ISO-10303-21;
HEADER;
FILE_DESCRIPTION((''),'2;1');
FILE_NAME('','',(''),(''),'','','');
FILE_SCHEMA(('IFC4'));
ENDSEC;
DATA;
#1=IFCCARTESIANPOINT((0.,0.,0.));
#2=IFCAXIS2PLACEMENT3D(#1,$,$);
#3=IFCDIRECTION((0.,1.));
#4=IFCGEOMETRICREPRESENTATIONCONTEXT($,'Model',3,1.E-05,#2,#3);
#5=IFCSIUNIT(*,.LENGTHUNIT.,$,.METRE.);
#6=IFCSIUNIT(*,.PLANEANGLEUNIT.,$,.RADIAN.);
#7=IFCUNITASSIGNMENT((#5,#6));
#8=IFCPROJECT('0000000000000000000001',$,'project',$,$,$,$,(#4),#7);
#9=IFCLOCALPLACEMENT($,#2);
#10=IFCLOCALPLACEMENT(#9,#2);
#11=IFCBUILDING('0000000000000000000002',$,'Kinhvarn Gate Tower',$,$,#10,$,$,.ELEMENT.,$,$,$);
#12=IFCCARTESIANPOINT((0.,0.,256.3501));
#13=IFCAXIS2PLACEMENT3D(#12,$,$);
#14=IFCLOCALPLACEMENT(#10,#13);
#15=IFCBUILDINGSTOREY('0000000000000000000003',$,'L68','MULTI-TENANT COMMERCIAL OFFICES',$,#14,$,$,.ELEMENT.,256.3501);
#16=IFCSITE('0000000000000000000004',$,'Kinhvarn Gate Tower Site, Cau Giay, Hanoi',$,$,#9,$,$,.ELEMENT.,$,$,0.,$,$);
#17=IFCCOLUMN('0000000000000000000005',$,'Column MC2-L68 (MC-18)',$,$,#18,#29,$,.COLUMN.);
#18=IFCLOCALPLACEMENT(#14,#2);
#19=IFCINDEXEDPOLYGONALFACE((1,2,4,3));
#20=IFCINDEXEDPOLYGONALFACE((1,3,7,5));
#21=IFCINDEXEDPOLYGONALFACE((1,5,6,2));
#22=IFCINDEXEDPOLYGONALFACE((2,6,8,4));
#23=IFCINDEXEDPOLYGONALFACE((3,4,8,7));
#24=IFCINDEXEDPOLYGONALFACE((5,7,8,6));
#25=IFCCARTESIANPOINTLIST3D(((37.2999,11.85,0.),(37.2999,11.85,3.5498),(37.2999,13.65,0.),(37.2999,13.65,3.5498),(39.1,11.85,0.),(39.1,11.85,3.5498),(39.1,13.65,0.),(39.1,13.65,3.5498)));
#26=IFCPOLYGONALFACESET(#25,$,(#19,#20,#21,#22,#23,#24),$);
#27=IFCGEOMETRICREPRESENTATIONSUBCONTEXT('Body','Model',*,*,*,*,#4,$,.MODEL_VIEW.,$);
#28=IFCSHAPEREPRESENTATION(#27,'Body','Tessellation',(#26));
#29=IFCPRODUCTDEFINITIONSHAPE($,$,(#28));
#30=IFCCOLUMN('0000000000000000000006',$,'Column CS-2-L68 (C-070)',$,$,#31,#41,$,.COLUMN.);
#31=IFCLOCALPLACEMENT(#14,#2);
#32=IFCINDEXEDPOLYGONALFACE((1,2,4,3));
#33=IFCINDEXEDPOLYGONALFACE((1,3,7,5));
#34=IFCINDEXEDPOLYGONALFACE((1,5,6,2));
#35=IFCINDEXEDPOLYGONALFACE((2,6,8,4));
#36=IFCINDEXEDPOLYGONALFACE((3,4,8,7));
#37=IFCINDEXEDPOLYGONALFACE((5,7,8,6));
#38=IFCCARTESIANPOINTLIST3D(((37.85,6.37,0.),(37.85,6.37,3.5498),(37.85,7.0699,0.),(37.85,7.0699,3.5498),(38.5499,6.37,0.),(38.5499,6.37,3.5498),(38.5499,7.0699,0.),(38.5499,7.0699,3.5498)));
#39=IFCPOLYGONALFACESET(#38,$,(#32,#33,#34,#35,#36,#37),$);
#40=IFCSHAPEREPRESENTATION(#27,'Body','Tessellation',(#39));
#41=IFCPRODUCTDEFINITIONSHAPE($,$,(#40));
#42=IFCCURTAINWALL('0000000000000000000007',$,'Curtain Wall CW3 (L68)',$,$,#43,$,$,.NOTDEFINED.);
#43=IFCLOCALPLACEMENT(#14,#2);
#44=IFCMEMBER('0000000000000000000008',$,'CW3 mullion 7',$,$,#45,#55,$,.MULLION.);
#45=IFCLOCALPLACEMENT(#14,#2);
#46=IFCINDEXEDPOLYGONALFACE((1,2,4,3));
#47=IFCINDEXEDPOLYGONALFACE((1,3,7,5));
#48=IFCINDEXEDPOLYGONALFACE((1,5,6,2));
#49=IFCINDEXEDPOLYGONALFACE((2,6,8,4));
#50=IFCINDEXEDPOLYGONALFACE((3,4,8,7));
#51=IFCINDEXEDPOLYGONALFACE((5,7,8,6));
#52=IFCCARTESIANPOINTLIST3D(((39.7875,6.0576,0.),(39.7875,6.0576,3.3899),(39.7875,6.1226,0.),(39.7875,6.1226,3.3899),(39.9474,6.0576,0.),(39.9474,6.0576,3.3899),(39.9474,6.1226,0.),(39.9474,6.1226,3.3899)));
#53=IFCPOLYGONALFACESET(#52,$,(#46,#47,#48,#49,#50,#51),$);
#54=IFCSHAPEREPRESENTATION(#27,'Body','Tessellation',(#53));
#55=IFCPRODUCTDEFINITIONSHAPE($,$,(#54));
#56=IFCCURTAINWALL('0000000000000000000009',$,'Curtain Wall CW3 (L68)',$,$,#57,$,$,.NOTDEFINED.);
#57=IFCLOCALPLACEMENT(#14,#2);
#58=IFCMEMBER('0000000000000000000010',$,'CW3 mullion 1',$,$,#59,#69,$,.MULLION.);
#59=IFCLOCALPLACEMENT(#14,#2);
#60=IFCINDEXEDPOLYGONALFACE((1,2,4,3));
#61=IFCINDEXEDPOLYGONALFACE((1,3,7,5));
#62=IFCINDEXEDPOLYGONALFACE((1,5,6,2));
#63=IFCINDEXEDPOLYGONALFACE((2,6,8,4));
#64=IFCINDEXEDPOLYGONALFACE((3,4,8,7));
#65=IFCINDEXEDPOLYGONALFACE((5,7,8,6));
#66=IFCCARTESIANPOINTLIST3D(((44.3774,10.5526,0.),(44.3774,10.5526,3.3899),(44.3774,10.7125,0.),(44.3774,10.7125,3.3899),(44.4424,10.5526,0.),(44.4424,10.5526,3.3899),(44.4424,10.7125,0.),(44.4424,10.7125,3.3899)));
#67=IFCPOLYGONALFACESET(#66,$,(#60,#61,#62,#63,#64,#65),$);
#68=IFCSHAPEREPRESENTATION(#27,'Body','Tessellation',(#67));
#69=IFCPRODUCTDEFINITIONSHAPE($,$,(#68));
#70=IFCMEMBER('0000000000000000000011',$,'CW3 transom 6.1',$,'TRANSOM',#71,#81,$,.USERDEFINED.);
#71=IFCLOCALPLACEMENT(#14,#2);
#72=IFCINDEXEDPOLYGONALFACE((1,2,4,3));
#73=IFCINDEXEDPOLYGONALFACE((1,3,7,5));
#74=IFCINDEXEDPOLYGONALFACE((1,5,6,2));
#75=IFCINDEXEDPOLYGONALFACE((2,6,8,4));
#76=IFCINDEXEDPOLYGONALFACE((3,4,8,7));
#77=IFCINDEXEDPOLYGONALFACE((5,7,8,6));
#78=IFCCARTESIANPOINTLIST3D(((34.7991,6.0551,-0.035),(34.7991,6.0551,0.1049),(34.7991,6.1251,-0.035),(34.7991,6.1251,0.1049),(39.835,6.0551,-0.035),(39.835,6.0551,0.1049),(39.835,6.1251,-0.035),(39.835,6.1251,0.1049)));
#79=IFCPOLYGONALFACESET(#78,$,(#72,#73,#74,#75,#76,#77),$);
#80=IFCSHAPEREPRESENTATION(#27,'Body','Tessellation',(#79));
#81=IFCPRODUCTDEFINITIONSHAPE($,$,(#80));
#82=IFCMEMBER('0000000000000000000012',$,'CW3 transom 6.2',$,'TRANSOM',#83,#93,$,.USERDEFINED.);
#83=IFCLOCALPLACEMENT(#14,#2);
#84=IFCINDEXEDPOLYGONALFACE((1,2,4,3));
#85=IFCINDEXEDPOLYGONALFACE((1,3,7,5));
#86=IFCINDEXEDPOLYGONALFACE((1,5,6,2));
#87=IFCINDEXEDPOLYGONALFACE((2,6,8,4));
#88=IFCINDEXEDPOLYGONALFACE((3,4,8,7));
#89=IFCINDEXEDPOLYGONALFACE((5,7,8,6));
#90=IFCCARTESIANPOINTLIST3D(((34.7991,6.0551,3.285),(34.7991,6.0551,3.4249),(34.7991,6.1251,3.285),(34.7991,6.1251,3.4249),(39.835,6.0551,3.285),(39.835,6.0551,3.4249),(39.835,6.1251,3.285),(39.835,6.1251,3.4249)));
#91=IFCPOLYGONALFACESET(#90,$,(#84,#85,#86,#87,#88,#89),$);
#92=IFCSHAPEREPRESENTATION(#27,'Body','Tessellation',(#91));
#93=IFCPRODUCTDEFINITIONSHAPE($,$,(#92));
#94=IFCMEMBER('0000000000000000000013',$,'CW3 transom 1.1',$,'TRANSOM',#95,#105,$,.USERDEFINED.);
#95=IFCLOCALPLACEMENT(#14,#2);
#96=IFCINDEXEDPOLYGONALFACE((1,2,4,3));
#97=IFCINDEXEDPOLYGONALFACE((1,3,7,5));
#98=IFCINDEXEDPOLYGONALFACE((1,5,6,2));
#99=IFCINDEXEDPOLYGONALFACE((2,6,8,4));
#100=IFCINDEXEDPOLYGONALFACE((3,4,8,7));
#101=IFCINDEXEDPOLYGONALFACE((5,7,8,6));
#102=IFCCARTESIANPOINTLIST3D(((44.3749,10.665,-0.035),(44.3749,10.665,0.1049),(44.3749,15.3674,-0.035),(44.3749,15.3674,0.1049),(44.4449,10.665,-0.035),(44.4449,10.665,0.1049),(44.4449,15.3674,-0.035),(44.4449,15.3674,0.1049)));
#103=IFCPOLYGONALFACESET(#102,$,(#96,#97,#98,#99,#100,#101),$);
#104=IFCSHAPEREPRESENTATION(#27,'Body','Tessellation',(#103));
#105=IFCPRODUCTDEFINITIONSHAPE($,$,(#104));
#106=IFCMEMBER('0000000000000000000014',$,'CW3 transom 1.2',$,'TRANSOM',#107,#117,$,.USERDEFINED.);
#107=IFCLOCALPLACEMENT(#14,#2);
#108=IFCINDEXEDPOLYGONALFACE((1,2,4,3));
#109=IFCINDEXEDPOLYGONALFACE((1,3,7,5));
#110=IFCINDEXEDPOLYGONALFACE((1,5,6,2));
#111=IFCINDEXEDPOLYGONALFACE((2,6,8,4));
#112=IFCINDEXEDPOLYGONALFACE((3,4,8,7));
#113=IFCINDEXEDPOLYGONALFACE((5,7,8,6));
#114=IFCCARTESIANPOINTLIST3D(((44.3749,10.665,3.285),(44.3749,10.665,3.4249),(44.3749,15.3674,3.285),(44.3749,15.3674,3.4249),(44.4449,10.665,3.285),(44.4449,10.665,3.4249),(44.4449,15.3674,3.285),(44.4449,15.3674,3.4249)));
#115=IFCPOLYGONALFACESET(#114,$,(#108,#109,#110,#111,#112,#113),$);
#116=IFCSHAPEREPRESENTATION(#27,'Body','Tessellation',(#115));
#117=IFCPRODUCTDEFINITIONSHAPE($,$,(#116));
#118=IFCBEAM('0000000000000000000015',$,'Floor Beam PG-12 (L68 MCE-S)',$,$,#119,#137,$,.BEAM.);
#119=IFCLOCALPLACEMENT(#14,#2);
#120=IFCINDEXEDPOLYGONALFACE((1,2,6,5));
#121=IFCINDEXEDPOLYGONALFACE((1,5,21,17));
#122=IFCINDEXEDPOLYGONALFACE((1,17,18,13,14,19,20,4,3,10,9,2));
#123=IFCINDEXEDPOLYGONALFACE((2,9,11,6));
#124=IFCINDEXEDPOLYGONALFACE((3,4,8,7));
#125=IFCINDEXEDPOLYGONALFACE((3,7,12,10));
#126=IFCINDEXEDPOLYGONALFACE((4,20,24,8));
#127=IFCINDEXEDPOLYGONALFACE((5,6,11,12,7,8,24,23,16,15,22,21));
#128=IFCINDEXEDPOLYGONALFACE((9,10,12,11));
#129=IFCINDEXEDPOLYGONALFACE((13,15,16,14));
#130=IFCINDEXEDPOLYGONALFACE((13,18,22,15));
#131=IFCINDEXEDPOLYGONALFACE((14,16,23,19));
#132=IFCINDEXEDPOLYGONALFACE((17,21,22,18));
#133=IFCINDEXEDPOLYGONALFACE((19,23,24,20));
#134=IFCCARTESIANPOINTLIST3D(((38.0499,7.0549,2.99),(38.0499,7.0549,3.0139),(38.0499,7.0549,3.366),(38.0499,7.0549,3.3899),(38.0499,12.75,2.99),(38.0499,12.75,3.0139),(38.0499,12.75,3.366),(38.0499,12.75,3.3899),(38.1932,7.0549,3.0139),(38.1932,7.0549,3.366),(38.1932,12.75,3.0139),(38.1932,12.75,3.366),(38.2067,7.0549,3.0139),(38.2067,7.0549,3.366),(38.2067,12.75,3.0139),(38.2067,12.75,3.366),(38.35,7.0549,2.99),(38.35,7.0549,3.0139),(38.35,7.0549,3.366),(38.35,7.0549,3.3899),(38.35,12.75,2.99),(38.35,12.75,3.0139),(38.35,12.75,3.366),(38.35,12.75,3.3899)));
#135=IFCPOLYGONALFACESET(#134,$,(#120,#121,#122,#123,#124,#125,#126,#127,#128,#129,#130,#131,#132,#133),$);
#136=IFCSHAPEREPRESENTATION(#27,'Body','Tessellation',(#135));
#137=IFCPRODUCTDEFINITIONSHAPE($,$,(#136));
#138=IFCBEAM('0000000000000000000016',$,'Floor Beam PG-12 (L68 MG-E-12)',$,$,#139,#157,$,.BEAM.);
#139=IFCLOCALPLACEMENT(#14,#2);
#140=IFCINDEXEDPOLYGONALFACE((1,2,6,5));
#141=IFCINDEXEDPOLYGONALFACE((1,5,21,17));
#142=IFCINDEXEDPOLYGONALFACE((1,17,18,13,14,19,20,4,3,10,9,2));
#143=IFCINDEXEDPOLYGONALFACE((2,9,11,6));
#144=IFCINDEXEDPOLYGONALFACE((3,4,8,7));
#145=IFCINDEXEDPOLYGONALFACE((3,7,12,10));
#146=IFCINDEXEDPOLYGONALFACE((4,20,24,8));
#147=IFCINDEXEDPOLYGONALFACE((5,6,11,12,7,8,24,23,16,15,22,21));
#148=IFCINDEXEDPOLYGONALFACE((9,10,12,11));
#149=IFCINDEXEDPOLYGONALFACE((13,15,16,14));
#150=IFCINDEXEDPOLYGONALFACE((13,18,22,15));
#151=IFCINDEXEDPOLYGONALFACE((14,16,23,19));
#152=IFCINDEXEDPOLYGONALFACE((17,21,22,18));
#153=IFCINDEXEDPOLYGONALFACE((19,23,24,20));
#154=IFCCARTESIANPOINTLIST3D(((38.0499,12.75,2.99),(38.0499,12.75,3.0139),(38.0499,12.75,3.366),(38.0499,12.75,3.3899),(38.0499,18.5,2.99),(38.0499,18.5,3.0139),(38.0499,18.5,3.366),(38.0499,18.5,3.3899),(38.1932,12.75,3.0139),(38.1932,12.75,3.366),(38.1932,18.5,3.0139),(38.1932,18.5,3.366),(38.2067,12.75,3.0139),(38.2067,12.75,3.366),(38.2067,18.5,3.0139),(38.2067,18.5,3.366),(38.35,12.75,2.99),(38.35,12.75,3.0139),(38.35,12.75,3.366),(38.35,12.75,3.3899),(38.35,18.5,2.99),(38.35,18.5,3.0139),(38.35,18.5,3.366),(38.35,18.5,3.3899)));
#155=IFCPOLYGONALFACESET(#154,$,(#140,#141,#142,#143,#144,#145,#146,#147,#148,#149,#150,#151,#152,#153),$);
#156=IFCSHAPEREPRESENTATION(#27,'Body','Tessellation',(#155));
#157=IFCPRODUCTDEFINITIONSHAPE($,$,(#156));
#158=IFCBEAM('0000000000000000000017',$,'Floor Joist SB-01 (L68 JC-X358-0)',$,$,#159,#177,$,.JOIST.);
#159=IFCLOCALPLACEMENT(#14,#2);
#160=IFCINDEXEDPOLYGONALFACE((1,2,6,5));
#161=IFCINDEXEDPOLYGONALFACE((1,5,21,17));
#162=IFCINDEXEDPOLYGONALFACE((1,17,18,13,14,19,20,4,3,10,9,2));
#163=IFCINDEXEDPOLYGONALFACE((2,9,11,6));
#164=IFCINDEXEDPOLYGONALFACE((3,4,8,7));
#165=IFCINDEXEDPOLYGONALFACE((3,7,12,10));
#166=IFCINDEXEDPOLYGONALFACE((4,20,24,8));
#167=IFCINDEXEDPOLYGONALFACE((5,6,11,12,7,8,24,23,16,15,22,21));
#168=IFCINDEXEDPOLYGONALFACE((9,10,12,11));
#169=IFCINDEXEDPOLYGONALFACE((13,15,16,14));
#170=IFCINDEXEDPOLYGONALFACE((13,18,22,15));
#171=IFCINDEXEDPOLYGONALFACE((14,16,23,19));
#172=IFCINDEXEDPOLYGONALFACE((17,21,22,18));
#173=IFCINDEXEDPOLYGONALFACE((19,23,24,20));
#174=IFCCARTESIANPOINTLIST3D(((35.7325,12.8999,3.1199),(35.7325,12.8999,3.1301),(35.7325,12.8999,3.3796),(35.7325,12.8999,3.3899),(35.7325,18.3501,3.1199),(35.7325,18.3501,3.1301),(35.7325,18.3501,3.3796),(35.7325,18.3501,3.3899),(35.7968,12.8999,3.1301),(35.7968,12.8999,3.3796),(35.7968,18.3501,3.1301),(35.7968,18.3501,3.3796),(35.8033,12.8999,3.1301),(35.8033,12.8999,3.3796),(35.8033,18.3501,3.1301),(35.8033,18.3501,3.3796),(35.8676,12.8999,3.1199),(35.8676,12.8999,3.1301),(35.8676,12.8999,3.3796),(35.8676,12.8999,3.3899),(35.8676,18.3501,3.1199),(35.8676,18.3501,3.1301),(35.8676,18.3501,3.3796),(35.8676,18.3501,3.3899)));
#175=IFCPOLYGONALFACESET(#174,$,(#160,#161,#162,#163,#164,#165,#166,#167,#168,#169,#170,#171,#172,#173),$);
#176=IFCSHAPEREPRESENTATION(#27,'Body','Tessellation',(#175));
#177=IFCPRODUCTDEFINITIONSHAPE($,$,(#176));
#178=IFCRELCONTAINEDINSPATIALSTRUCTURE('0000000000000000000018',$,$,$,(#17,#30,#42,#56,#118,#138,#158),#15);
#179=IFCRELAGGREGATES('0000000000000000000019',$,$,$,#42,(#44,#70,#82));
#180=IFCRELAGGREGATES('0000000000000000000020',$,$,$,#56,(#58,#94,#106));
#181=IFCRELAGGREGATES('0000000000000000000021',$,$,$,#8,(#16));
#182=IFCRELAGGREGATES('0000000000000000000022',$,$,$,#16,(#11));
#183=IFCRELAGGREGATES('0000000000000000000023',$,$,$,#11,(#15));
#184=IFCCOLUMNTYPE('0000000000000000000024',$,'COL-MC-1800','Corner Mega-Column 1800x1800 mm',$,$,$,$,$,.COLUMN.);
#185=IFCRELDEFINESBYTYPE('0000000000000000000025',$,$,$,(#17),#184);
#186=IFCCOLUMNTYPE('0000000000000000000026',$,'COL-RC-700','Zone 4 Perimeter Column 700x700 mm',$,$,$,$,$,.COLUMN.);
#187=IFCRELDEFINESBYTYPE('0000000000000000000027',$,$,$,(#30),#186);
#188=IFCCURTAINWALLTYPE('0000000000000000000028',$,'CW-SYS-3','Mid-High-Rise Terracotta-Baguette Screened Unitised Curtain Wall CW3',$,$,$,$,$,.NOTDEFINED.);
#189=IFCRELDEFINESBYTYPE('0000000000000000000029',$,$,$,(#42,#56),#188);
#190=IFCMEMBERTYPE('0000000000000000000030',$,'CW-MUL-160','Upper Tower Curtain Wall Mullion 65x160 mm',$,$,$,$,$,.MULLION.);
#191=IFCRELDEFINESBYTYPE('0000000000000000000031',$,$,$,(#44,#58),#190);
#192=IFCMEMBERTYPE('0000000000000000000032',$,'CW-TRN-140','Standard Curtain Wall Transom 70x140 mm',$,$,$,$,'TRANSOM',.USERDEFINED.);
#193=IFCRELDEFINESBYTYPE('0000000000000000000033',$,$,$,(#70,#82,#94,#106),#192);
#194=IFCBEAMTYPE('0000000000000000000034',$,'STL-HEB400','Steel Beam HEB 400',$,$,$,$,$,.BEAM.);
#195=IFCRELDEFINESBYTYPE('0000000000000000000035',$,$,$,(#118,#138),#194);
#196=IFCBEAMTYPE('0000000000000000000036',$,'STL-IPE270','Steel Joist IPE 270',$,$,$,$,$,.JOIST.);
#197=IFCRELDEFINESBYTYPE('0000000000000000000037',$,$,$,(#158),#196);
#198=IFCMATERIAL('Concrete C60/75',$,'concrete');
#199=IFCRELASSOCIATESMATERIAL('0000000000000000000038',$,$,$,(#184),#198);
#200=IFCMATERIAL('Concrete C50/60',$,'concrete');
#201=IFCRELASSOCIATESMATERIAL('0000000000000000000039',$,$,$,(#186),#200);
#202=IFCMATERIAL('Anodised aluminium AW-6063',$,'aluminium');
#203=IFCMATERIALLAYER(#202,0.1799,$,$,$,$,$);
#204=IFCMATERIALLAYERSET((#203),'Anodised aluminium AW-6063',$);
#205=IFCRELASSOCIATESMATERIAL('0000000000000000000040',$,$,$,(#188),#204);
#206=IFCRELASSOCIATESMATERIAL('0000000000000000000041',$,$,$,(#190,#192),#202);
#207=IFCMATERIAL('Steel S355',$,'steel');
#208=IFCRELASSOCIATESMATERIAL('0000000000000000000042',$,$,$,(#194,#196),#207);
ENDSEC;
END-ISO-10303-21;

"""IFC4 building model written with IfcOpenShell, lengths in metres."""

from ifc_helpers import new_model, si_unit, direction, frame, origin, origin_2d, place, context, subcontext, project, spatial, rectangle, i_section, extrude, material, layer, layer_set, material_profile, profile_set, type_object, element, aggregate, save


model = new_model("IFC4")

# Units and contexts
model_context = context("Model", 3, precision=1e-05, world=origin(), true_north=direction((0.0, 1.0)))
body_context = subcontext(model_context, "Body", "Model", "MODEL_VIEW")
ifc_project = project(units=[si_unit("LENGTHUNIT", "METRE"), si_unit("PLANEANGLEUNIT", "RADIAN")], contexts=[model_context])

# Site, building, storey
site_placement = place(None, origin())
site = spatial("IfcSite", under=ifc_project, at=site_placement, Name="Kinhvarn Gate Tower Site, Cau Giay, Hanoi", CompositionType="ELEMENT", RefElevation=0.0)
building_placement = place(site_placement, origin())
building = spatial("IfcBuilding", under=site, at=building_placement, Name="Kinhvarn Gate Tower", CompositionType="ELEMENT")
storey_placement = place(building_placement, frame((0.0, 0.0, 256.3501)))
storey = spatial("IfcBuildingStorey", under=building, at=storey_placement, Name="L68", Description="MULTI-TENANT COMMERCIAL OFFICES", CompositionType="ELEMENT", Elevation=256.3501)

# Columns
ifc_material_1 = material(Name="Concrete C60/75", Category="concrete")
ifc_material_profile_1 = material_profile(ifc_material_1, rectangle(XDim=1.8, YDim=1.8, at=origin_2d()), Name="RC 1800x1800")
ifc_profile_set_1 = profile_set([ifc_material_profile_1], Name="Concrete C60/75")
column_type_1 = type_object("IfcColumnType", Name="COL-MC-1800", Description="Corner Mega-Column 1800x1800 mm", PredefinedType="COLUMN", material=ifc_profile_set_1)
column_1_placement = place(storey_placement, frame((38.2, 12.75, 0.0), z_axis=(0.0, 0.0, 1.0), x_axis=(1.0, 0.0, 0.0)))
element("IfcColumn", 1, at=column_1_placement, inside=storey, type_object=column_type_1, Name="Column MC2-L68 (MC-18)", PredefinedType="COLUMN", context=body_context, shape_type="SweptSolid", body=[
    extrude(rectangle(XDim=1.8, YDim=1.8, at=origin_2d()), origin(), (0.0, 0.0, 1.0), 3.5498),
])
ifc_material_2 = material(Name="Concrete C50/60", Category="concrete")
ifc_material_profile_2 = material_profile(ifc_material_2, rectangle(XDim=0.7, YDim=0.7, at=origin_2d()), Name="RC 700x700")
ifc_profile_set_2 = profile_set([ifc_material_profile_2], Name="Concrete C50/60")
column_type_2 = type_object("IfcColumnType", Name="COL-RC-700", Description="Zone 4 Perimeter Column 700x700 mm", PredefinedType="COLUMN", material=ifc_profile_set_2)
column_2_placement = place(storey_placement, frame((38.2, 6.72, 0.0), z_axis=(0.0, 0.0, 1.0), x_axis=(1.0, 0.0, 0.0)))
element("IfcColumn", 2, at=column_2_placement, inside=storey, type_object=column_type_2, Name="Column CS-2-L68 (C-070)", PredefinedType="COLUMN", context=body_context, shape_type="SweptSolid", body=[
    extrude(rectangle(XDim=0.7, YDim=0.7, at=origin_2d()), origin(), (0.0, 0.0, 1.0), 3.5498),
])

# Curtain walls, members
ifc_material_3 = material(Name="Anodised aluminium AW-6063", Category="aluminium")
ifc_layer_1 = layer(ifc_material_3, 0.1799)
ifc_layer_set_1 = layer_set([ifc_layer_1], Name="Anodised aluminium AW-6063")
curtain_wall_type = type_object("IfcCurtainWallType", Name="CW-SYS-3", Description="Mid-High-Rise Terracotta-Baguette Screened Unitised Curtain Wall CW3", PredefinedType="NOTDEFINED", material=ifc_layer_set_1)
curtain_wall_1_placement = place(storey_placement, origin())
curtain_wall_1 = element("IfcCurtainWall", 3, at=curtain_wall_1_placement, inside=storey, type_object=curtain_wall_type, Name="Curtain Wall CW3 (L68)", PredefinedType="NOTDEFINED")
ifc_material_profile_3 = material_profile(ifc_material_3, rectangle(XDim=0.0649, YDim=0.1599, at=origin_2d()), Name="ALU 65x160")
ifc_profile_set_3 = profile_set([ifc_material_profile_3], Name="Anodised aluminium AW-6063")
member_type_1 = type_object("IfcMemberType", Name="CW-MUL-160", Description="Upper Tower Curtain Wall Mullion 65x160 mm", PredefinedType="MULLION", material=ifc_profile_set_3)
member_1_placement = place(storey_placement, frame((39.8674, 6.0901, 0.0), z_axis=(0.0, 0.0, 1.0), x_axis=(0.0, 1.0, 0.0)))
member_1 = element("IfcMember", 4, at=member_1_placement, type_object=member_type_1, Name="CW3 mullion 7", PredefinedType="MULLION", context=body_context, shape_type="SweptSolid", body=[
    extrude(rectangle(XDim=0.0649, YDim=0.1599, at=origin_2d()), origin(), (0.0, 0.0, 1.0), 3.3899),
])
curtain_wall_2_placement = place(storey_placement, origin())
curtain_wall_2 = element("IfcCurtainWall", 5, at=curtain_wall_2_placement, inside=storey, type_object=curtain_wall_type, Name="Curtain Wall CW3 (L68)", PredefinedType="NOTDEFINED")
member_2_placement = place(storey_placement, frame((44.4099, 10.6326, 0.0), z_axis=(0.0, 0.0, 1.0), x_axis=(-1.0, 0.0, 0.0)))
member_2 = element("IfcMember", 6, at=member_2_placement, type_object=member_type_1, Name="CW3 mullion 1", PredefinedType="MULLION", context=body_context, shape_type="SweptSolid", body=[
    extrude(rectangle(XDim=0.0649, YDim=0.1599, at=origin_2d()), origin(), (0.0, 0.0, 1.0), 3.3899),
])

# Members
ifc_material_profile_4 = material_profile(ifc_material_3, rectangle(XDim=0.0701, YDim=0.1399, at=origin_2d()), Name="ALU 70x140")
ifc_profile_set_4 = profile_set([ifc_material_profile_4], Name="Anodised aluminium AW-6063")
member_type_2 = type_object("IfcMemberType", Name="CW-TRN-140", Description="Standard Curtain Wall Transom 70x140 mm", ElementType="TRANSOM", PredefinedType="USERDEFINED", material=ifc_profile_set_4)
member_3_placement = place(storey_placement, frame((34.7991, 6.0901, 0.0349), z_axis=(1.0, 0.0, 0.0), x_axis=(0.0, 1.0, 0.0)))
member_3 = element("IfcMember", 7, at=member_3_placement, type_object=member_type_2, Name="CW3 transom 6.1", ObjectType="TRANSOM", PredefinedType="USERDEFINED", context=body_context, shape_type="SweptSolid", body=[
    extrude(rectangle(XDim=0.0701, YDim=0.1399, at=origin_2d()), origin(), (0.0, 0.0, 1.0), 5.0359),
])
member_4_placement = place(storey_placement, frame((34.7991, 6.0901, 3.355), z_axis=(1.0, 0.0, 0.0), x_axis=(0.0, 1.0, 0.0)))
member_4 = element("IfcMember", 8, at=member_4_placement, type_object=member_type_2, Name="CW3 transom 6.2", ObjectType="TRANSOM", PredefinedType="USERDEFINED", context=body_context, shape_type="SweptSolid", body=[
    extrude(rectangle(XDim=0.0701, YDim=0.1399, at=origin_2d()), origin(), (0.0, 0.0, 1.0), 5.0359),
])
member_5_placement = place(storey_placement, frame((44.4099, 10.665, 0.0349), z_axis=(0.0, 1.0, 0.0), x_axis=(-1.0, 0.0, 0.0)))
member_5 = element("IfcMember", 9, at=member_5_placement, type_object=member_type_2, Name="CW3 transom 1.1", ObjectType="TRANSOM", PredefinedType="USERDEFINED", context=body_context, shape_type="SweptSolid", body=[
    extrude(rectangle(XDim=0.0701, YDim=0.1399, at=origin_2d()), origin(), (0.0, 0.0, 1.0), 4.7024),
])
member_6_placement = place(storey_placement, frame((44.4099, 10.665, 3.355), z_axis=(0.0, 1.0, 0.0), x_axis=(-1.0, 0.0, 0.0)))
member_6 = element("IfcMember", 10, at=member_6_placement, type_object=member_type_2, Name="CW3 transom 1.2", ObjectType="TRANSOM", PredefinedType="USERDEFINED", context=body_context, shape_type="SweptSolid", body=[
    extrude(rectangle(XDim=0.0701, YDim=0.1399, at=origin_2d()), origin(), (0.0, 0.0, 1.0), 4.7024),
])

# Beams
ifc_material_4 = material(Name="Steel S355", Category="steel")
ifc_material_profile_5 = material_profile(ifc_material_4, i_section(OverallWidth=0.3, OverallDepth=0.3999, WebThickness=0.0134, FlangeThickness=0.0239, at=origin_2d()), Name="HEB 400")
ifc_profile_set_5 = profile_set([ifc_material_profile_5], Name="Steel S355")
beam_type_1 = type_object("IfcBeamType", Name="STL-HEB400", Description="Steel Beam HEB 400", PredefinedType="BEAM", material=ifc_profile_set_5)
beam_1_placement = place(storey_placement, frame((38.2, 7.0549, 3.1899), z_axis=(0.0, 1.0, 0.0), x_axis=(-1.0, 0.0, 0.0)))
element("IfcBeam", 11, at=beam_1_placement, inside=storey, type_object=beam_type_1, Name="Floor Beam PG-12 (L68 MCE-S)", PredefinedType="BEAM", context=body_context, shape_type="SweptSolid", body=[
    extrude(i_section(OverallWidth=0.3, OverallDepth=0.3999, WebThickness=0.0134, FlangeThickness=0.0239, at=origin_2d()), origin(), (0.0, 0.0, 1.0), 5.6951),
])
beam_2_placement = place(storey_placement, frame((38.2, 12.75, 3.1899), z_axis=(0.0, 1.0, 0.0), x_axis=(-1.0, 0.0, 0.0)))
element("IfcBeam", 12, at=beam_2_placement, inside=storey, type_object=beam_type_1, Name="Floor Beam PG-12 (L68 MG-E-12)", PredefinedType="BEAM", context=body_context, shape_type="SweptSolid", body=[
    extrude(i_section(OverallWidth=0.3, OverallDepth=0.3999, WebThickness=0.0134, FlangeThickness=0.0239, at=origin_2d()), origin(), (0.0, 0.0, 1.0), 5.75),
])
ifc_material_profile_6 = material_profile(ifc_material_4, i_section(OverallWidth=0.135, OverallDepth=0.27, WebThickness=0.0066, FlangeThickness=0.0103, at=origin_2d()), Name="IPE 270")
ifc_profile_set_6 = profile_set([ifc_material_profile_6], Name="Steel S355")
beam_type_2 = type_object("IfcBeamType", Name="STL-IPE270", Description="Steel Joist IPE 270", PredefinedType="JOIST", material=ifc_profile_set_6)
beam_3_placement = place(storey_placement, frame((35.8, 12.8999, 3.2549), z_axis=(0.0, 1.0, 0.0), x_axis=(-1.0, 0.0, 0.0)))
element("IfcBeam", 13, at=beam_3_placement, inside=storey, type_object=beam_type_2, Name="Floor Joist SB-01 (L68 JC-X358-0)", PredefinedType="JOIST", context=body_context, shape_type="SweptSolid", body=[
    extrude(i_section(OverallWidth=0.135, OverallDepth=0.27, WebThickness=0.0066, FlangeThickness=0.0103, at=origin_2d()), origin(), (0.0, 0.0, 1.0), 5.4502),
])

aggregate(curtain_wall_1, [member_1, member_3, member_4])
aggregate(curtain_wall_2, [member_2, member_5, member_6])

save(model, "model.ifc")
